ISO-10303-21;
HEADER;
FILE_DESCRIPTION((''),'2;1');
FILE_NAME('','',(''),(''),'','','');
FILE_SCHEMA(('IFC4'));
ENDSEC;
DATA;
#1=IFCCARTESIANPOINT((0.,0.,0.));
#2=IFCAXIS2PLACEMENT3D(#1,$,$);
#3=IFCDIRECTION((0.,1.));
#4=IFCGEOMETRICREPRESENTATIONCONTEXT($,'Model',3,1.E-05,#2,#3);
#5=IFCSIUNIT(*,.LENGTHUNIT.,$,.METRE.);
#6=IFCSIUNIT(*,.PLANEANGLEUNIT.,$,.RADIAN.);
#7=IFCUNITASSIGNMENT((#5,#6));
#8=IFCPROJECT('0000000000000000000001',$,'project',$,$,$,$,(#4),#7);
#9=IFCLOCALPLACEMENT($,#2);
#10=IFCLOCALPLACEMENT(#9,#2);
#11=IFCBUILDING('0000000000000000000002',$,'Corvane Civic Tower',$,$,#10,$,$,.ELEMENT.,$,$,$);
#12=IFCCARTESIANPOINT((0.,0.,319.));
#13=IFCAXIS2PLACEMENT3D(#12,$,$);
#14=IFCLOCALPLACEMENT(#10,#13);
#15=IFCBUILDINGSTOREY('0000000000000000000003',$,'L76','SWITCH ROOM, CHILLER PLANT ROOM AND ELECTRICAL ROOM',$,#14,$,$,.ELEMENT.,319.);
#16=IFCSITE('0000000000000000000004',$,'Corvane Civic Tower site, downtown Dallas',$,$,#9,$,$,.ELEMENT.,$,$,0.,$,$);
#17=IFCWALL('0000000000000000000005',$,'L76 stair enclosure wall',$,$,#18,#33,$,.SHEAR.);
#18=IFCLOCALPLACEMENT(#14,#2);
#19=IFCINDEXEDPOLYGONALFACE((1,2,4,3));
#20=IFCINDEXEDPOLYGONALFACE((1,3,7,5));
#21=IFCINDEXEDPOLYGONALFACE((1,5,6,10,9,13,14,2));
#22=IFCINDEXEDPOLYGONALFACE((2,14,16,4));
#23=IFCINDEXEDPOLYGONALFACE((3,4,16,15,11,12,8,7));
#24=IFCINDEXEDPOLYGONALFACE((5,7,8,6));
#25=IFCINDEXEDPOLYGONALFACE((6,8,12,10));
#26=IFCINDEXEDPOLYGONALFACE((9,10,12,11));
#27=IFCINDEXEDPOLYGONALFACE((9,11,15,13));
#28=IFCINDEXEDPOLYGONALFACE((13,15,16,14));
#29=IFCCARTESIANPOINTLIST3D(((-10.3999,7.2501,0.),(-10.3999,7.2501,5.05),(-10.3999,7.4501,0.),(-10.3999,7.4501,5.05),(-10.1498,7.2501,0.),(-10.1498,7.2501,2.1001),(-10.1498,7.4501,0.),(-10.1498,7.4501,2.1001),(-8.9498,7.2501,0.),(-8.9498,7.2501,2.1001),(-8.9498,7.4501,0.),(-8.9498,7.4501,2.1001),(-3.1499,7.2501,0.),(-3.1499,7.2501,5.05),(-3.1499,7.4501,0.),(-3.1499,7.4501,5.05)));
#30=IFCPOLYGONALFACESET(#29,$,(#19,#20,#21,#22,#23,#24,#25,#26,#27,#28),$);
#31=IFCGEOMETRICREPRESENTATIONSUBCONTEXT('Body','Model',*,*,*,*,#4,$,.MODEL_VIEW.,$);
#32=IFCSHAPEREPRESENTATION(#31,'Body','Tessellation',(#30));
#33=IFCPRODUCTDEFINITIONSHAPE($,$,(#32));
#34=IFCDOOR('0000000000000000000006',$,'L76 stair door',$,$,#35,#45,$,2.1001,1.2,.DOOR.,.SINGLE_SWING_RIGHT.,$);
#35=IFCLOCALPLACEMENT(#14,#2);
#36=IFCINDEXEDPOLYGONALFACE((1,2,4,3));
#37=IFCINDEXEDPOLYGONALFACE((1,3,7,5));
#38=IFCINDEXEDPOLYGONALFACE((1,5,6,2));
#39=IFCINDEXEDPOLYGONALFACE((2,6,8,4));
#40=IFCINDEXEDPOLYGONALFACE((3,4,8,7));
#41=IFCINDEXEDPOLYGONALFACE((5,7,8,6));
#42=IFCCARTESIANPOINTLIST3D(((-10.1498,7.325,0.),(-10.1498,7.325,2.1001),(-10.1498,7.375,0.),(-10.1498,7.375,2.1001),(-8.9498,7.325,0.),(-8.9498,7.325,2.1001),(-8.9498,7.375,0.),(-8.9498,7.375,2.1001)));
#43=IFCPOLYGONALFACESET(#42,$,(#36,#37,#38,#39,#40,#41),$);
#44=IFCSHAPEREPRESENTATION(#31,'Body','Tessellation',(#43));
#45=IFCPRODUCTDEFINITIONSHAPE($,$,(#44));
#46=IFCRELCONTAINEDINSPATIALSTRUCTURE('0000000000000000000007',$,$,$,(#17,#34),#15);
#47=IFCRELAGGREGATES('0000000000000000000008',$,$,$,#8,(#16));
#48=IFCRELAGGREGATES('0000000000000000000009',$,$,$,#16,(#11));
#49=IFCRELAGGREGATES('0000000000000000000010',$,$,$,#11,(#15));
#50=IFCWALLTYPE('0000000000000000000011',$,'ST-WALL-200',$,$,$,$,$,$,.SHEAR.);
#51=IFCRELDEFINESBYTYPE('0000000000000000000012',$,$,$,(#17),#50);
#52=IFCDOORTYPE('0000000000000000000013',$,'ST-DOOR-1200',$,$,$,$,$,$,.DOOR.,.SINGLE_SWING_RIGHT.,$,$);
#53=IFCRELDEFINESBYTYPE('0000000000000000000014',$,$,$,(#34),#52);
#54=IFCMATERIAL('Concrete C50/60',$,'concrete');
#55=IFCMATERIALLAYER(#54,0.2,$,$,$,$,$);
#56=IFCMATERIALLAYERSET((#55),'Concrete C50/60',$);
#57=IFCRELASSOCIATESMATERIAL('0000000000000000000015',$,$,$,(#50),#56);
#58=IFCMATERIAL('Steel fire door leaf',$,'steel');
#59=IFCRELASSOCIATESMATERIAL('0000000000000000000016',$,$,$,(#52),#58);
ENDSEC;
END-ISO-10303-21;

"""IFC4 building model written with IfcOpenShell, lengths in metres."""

from ifc_helpers import new_model, si_unit, direction, frame, frame_2d, origin, place, context, subcontext, project, spatial, rectangle, extrude, material, layer, layer_set, type_object, element, fill, save


model = new_model("IFC4")

# Units and contexts
model_context = context("Model", 3, precision=1e-05, world=origin(), true_north=direction((0.0, 1.0)))
body_context = subcontext(model_context, "Body", "Model", "MODEL_VIEW")
ifc_project = project(units=[si_unit("LENGTHUNIT", "METRE"), si_unit("PLANEANGLEUNIT", "RADIAN")], contexts=[model_context])

# Site, building, storey
site_placement = place(None, origin())
site = spatial("IfcSite", under=ifc_project, at=site_placement, Name="Corvane Civic Tower site, downtown Dallas", CompositionType="ELEMENT", RefElevation=0.0)
building_placement = place(site_placement, origin())
building = spatial("IfcBuilding", under=site, at=building_placement, Name="Corvane Civic Tower", CompositionType="ELEMENT")
storey_placement = place(building_placement, frame((0.0, 0.0, 319.0)))
storey = spatial("IfcBuildingStorey", under=building, at=storey_placement, Name="L76", Description="SWITCH ROOM, CHILLER PLANT ROOM AND ELECTRICAL ROOM", CompositionType="ELEMENT", Elevation=319.0)

# Wall, opening, door
ifc_material_1 = material(Name="Concrete C50/60", Category="concrete")
ifc_layer_1 = layer(ifc_material_1, 0.2)
ifc_layer_set_1 = layer_set([ifc_layer_1], Name="Concrete C50/60")
wall_type_1 = type_object("IfcWallType", Name="ST-WALL-200", PredefinedType="SHEAR", material=ifc_layer_set_1)
wall_1_placement = place(storey_placement, frame((-10.3999, 7.3501, 0.0), z_axis=(0.0, 0.0, 1.0), x_axis=(1.0, 0.0, 0.0)))
wall_1 = element("IfcWall", 1, at=wall_1_placement, inside=storey, type_object=wall_type_1, Name="L76 stair enclosure wall", PredefinedType="SHEAR", context=body_context, shape_type="SweptSolid", body=[
    extrude(rectangle(XDim=7.25, YDim=0.2, at=frame_2d((3.625, 0.0))), origin(), (0.0, 0.0, 1.0), 5.05),
])
opening_1_placement = place(wall_1_placement, frame((0.25, 0.0, 0.0)))
opening_1 = element("IfcOpeningElement", 2, at=opening_1_placement, cuts=wall_1, PredefinedType="OPENING", context=body_context, shape_type="SweptSolid", body=[
    extrude(rectangle(XDim=1.2, YDim=2.1001, at=frame_2d((0.6001, 1.05))), frame((0.0, 0.1099, 0.0), z_axis=(0.0, -1.0, 0.0), x_axis=(1.0, 0.0, 0.0)), (0.0, 0.0, 1.0), 0.22),
])
ifc_material_2 = material(Name="Steel fire door leaf", Category="steel")
door_type_1 = type_object("IfcDoorType", Name="ST-DOOR-1200", OperationType="SINGLE_SWING_RIGHT", PredefinedType="DOOR", material=ifc_material_2)
door_1_placement = place(opening_1_placement, origin())
door_1 = element("IfcDoor", 3, at=door_1_placement, inside=storey, type_object=door_type_1, Name="L76 stair door", OperationType="SINGLE_SWING_RIGHT", OverallHeight=2.1001, OverallWidth=1.2, PredefinedType="DOOR", context=body_context, shape_type="SweptSolid", body=[
    extrude(rectangle(XDim=1.2, YDim=2.1001, at=frame_2d((0.6001, 1.05))), frame((0.0, 0.0249, 0.0), z_axis=(0.0, -1.0, 0.0), x_axis=(1.0, 0.0, 0.0)), (0.0, 0.0, 1.0), 0.05),
])
fill(opening_1, door_1)

save(model, "model.ifc")
